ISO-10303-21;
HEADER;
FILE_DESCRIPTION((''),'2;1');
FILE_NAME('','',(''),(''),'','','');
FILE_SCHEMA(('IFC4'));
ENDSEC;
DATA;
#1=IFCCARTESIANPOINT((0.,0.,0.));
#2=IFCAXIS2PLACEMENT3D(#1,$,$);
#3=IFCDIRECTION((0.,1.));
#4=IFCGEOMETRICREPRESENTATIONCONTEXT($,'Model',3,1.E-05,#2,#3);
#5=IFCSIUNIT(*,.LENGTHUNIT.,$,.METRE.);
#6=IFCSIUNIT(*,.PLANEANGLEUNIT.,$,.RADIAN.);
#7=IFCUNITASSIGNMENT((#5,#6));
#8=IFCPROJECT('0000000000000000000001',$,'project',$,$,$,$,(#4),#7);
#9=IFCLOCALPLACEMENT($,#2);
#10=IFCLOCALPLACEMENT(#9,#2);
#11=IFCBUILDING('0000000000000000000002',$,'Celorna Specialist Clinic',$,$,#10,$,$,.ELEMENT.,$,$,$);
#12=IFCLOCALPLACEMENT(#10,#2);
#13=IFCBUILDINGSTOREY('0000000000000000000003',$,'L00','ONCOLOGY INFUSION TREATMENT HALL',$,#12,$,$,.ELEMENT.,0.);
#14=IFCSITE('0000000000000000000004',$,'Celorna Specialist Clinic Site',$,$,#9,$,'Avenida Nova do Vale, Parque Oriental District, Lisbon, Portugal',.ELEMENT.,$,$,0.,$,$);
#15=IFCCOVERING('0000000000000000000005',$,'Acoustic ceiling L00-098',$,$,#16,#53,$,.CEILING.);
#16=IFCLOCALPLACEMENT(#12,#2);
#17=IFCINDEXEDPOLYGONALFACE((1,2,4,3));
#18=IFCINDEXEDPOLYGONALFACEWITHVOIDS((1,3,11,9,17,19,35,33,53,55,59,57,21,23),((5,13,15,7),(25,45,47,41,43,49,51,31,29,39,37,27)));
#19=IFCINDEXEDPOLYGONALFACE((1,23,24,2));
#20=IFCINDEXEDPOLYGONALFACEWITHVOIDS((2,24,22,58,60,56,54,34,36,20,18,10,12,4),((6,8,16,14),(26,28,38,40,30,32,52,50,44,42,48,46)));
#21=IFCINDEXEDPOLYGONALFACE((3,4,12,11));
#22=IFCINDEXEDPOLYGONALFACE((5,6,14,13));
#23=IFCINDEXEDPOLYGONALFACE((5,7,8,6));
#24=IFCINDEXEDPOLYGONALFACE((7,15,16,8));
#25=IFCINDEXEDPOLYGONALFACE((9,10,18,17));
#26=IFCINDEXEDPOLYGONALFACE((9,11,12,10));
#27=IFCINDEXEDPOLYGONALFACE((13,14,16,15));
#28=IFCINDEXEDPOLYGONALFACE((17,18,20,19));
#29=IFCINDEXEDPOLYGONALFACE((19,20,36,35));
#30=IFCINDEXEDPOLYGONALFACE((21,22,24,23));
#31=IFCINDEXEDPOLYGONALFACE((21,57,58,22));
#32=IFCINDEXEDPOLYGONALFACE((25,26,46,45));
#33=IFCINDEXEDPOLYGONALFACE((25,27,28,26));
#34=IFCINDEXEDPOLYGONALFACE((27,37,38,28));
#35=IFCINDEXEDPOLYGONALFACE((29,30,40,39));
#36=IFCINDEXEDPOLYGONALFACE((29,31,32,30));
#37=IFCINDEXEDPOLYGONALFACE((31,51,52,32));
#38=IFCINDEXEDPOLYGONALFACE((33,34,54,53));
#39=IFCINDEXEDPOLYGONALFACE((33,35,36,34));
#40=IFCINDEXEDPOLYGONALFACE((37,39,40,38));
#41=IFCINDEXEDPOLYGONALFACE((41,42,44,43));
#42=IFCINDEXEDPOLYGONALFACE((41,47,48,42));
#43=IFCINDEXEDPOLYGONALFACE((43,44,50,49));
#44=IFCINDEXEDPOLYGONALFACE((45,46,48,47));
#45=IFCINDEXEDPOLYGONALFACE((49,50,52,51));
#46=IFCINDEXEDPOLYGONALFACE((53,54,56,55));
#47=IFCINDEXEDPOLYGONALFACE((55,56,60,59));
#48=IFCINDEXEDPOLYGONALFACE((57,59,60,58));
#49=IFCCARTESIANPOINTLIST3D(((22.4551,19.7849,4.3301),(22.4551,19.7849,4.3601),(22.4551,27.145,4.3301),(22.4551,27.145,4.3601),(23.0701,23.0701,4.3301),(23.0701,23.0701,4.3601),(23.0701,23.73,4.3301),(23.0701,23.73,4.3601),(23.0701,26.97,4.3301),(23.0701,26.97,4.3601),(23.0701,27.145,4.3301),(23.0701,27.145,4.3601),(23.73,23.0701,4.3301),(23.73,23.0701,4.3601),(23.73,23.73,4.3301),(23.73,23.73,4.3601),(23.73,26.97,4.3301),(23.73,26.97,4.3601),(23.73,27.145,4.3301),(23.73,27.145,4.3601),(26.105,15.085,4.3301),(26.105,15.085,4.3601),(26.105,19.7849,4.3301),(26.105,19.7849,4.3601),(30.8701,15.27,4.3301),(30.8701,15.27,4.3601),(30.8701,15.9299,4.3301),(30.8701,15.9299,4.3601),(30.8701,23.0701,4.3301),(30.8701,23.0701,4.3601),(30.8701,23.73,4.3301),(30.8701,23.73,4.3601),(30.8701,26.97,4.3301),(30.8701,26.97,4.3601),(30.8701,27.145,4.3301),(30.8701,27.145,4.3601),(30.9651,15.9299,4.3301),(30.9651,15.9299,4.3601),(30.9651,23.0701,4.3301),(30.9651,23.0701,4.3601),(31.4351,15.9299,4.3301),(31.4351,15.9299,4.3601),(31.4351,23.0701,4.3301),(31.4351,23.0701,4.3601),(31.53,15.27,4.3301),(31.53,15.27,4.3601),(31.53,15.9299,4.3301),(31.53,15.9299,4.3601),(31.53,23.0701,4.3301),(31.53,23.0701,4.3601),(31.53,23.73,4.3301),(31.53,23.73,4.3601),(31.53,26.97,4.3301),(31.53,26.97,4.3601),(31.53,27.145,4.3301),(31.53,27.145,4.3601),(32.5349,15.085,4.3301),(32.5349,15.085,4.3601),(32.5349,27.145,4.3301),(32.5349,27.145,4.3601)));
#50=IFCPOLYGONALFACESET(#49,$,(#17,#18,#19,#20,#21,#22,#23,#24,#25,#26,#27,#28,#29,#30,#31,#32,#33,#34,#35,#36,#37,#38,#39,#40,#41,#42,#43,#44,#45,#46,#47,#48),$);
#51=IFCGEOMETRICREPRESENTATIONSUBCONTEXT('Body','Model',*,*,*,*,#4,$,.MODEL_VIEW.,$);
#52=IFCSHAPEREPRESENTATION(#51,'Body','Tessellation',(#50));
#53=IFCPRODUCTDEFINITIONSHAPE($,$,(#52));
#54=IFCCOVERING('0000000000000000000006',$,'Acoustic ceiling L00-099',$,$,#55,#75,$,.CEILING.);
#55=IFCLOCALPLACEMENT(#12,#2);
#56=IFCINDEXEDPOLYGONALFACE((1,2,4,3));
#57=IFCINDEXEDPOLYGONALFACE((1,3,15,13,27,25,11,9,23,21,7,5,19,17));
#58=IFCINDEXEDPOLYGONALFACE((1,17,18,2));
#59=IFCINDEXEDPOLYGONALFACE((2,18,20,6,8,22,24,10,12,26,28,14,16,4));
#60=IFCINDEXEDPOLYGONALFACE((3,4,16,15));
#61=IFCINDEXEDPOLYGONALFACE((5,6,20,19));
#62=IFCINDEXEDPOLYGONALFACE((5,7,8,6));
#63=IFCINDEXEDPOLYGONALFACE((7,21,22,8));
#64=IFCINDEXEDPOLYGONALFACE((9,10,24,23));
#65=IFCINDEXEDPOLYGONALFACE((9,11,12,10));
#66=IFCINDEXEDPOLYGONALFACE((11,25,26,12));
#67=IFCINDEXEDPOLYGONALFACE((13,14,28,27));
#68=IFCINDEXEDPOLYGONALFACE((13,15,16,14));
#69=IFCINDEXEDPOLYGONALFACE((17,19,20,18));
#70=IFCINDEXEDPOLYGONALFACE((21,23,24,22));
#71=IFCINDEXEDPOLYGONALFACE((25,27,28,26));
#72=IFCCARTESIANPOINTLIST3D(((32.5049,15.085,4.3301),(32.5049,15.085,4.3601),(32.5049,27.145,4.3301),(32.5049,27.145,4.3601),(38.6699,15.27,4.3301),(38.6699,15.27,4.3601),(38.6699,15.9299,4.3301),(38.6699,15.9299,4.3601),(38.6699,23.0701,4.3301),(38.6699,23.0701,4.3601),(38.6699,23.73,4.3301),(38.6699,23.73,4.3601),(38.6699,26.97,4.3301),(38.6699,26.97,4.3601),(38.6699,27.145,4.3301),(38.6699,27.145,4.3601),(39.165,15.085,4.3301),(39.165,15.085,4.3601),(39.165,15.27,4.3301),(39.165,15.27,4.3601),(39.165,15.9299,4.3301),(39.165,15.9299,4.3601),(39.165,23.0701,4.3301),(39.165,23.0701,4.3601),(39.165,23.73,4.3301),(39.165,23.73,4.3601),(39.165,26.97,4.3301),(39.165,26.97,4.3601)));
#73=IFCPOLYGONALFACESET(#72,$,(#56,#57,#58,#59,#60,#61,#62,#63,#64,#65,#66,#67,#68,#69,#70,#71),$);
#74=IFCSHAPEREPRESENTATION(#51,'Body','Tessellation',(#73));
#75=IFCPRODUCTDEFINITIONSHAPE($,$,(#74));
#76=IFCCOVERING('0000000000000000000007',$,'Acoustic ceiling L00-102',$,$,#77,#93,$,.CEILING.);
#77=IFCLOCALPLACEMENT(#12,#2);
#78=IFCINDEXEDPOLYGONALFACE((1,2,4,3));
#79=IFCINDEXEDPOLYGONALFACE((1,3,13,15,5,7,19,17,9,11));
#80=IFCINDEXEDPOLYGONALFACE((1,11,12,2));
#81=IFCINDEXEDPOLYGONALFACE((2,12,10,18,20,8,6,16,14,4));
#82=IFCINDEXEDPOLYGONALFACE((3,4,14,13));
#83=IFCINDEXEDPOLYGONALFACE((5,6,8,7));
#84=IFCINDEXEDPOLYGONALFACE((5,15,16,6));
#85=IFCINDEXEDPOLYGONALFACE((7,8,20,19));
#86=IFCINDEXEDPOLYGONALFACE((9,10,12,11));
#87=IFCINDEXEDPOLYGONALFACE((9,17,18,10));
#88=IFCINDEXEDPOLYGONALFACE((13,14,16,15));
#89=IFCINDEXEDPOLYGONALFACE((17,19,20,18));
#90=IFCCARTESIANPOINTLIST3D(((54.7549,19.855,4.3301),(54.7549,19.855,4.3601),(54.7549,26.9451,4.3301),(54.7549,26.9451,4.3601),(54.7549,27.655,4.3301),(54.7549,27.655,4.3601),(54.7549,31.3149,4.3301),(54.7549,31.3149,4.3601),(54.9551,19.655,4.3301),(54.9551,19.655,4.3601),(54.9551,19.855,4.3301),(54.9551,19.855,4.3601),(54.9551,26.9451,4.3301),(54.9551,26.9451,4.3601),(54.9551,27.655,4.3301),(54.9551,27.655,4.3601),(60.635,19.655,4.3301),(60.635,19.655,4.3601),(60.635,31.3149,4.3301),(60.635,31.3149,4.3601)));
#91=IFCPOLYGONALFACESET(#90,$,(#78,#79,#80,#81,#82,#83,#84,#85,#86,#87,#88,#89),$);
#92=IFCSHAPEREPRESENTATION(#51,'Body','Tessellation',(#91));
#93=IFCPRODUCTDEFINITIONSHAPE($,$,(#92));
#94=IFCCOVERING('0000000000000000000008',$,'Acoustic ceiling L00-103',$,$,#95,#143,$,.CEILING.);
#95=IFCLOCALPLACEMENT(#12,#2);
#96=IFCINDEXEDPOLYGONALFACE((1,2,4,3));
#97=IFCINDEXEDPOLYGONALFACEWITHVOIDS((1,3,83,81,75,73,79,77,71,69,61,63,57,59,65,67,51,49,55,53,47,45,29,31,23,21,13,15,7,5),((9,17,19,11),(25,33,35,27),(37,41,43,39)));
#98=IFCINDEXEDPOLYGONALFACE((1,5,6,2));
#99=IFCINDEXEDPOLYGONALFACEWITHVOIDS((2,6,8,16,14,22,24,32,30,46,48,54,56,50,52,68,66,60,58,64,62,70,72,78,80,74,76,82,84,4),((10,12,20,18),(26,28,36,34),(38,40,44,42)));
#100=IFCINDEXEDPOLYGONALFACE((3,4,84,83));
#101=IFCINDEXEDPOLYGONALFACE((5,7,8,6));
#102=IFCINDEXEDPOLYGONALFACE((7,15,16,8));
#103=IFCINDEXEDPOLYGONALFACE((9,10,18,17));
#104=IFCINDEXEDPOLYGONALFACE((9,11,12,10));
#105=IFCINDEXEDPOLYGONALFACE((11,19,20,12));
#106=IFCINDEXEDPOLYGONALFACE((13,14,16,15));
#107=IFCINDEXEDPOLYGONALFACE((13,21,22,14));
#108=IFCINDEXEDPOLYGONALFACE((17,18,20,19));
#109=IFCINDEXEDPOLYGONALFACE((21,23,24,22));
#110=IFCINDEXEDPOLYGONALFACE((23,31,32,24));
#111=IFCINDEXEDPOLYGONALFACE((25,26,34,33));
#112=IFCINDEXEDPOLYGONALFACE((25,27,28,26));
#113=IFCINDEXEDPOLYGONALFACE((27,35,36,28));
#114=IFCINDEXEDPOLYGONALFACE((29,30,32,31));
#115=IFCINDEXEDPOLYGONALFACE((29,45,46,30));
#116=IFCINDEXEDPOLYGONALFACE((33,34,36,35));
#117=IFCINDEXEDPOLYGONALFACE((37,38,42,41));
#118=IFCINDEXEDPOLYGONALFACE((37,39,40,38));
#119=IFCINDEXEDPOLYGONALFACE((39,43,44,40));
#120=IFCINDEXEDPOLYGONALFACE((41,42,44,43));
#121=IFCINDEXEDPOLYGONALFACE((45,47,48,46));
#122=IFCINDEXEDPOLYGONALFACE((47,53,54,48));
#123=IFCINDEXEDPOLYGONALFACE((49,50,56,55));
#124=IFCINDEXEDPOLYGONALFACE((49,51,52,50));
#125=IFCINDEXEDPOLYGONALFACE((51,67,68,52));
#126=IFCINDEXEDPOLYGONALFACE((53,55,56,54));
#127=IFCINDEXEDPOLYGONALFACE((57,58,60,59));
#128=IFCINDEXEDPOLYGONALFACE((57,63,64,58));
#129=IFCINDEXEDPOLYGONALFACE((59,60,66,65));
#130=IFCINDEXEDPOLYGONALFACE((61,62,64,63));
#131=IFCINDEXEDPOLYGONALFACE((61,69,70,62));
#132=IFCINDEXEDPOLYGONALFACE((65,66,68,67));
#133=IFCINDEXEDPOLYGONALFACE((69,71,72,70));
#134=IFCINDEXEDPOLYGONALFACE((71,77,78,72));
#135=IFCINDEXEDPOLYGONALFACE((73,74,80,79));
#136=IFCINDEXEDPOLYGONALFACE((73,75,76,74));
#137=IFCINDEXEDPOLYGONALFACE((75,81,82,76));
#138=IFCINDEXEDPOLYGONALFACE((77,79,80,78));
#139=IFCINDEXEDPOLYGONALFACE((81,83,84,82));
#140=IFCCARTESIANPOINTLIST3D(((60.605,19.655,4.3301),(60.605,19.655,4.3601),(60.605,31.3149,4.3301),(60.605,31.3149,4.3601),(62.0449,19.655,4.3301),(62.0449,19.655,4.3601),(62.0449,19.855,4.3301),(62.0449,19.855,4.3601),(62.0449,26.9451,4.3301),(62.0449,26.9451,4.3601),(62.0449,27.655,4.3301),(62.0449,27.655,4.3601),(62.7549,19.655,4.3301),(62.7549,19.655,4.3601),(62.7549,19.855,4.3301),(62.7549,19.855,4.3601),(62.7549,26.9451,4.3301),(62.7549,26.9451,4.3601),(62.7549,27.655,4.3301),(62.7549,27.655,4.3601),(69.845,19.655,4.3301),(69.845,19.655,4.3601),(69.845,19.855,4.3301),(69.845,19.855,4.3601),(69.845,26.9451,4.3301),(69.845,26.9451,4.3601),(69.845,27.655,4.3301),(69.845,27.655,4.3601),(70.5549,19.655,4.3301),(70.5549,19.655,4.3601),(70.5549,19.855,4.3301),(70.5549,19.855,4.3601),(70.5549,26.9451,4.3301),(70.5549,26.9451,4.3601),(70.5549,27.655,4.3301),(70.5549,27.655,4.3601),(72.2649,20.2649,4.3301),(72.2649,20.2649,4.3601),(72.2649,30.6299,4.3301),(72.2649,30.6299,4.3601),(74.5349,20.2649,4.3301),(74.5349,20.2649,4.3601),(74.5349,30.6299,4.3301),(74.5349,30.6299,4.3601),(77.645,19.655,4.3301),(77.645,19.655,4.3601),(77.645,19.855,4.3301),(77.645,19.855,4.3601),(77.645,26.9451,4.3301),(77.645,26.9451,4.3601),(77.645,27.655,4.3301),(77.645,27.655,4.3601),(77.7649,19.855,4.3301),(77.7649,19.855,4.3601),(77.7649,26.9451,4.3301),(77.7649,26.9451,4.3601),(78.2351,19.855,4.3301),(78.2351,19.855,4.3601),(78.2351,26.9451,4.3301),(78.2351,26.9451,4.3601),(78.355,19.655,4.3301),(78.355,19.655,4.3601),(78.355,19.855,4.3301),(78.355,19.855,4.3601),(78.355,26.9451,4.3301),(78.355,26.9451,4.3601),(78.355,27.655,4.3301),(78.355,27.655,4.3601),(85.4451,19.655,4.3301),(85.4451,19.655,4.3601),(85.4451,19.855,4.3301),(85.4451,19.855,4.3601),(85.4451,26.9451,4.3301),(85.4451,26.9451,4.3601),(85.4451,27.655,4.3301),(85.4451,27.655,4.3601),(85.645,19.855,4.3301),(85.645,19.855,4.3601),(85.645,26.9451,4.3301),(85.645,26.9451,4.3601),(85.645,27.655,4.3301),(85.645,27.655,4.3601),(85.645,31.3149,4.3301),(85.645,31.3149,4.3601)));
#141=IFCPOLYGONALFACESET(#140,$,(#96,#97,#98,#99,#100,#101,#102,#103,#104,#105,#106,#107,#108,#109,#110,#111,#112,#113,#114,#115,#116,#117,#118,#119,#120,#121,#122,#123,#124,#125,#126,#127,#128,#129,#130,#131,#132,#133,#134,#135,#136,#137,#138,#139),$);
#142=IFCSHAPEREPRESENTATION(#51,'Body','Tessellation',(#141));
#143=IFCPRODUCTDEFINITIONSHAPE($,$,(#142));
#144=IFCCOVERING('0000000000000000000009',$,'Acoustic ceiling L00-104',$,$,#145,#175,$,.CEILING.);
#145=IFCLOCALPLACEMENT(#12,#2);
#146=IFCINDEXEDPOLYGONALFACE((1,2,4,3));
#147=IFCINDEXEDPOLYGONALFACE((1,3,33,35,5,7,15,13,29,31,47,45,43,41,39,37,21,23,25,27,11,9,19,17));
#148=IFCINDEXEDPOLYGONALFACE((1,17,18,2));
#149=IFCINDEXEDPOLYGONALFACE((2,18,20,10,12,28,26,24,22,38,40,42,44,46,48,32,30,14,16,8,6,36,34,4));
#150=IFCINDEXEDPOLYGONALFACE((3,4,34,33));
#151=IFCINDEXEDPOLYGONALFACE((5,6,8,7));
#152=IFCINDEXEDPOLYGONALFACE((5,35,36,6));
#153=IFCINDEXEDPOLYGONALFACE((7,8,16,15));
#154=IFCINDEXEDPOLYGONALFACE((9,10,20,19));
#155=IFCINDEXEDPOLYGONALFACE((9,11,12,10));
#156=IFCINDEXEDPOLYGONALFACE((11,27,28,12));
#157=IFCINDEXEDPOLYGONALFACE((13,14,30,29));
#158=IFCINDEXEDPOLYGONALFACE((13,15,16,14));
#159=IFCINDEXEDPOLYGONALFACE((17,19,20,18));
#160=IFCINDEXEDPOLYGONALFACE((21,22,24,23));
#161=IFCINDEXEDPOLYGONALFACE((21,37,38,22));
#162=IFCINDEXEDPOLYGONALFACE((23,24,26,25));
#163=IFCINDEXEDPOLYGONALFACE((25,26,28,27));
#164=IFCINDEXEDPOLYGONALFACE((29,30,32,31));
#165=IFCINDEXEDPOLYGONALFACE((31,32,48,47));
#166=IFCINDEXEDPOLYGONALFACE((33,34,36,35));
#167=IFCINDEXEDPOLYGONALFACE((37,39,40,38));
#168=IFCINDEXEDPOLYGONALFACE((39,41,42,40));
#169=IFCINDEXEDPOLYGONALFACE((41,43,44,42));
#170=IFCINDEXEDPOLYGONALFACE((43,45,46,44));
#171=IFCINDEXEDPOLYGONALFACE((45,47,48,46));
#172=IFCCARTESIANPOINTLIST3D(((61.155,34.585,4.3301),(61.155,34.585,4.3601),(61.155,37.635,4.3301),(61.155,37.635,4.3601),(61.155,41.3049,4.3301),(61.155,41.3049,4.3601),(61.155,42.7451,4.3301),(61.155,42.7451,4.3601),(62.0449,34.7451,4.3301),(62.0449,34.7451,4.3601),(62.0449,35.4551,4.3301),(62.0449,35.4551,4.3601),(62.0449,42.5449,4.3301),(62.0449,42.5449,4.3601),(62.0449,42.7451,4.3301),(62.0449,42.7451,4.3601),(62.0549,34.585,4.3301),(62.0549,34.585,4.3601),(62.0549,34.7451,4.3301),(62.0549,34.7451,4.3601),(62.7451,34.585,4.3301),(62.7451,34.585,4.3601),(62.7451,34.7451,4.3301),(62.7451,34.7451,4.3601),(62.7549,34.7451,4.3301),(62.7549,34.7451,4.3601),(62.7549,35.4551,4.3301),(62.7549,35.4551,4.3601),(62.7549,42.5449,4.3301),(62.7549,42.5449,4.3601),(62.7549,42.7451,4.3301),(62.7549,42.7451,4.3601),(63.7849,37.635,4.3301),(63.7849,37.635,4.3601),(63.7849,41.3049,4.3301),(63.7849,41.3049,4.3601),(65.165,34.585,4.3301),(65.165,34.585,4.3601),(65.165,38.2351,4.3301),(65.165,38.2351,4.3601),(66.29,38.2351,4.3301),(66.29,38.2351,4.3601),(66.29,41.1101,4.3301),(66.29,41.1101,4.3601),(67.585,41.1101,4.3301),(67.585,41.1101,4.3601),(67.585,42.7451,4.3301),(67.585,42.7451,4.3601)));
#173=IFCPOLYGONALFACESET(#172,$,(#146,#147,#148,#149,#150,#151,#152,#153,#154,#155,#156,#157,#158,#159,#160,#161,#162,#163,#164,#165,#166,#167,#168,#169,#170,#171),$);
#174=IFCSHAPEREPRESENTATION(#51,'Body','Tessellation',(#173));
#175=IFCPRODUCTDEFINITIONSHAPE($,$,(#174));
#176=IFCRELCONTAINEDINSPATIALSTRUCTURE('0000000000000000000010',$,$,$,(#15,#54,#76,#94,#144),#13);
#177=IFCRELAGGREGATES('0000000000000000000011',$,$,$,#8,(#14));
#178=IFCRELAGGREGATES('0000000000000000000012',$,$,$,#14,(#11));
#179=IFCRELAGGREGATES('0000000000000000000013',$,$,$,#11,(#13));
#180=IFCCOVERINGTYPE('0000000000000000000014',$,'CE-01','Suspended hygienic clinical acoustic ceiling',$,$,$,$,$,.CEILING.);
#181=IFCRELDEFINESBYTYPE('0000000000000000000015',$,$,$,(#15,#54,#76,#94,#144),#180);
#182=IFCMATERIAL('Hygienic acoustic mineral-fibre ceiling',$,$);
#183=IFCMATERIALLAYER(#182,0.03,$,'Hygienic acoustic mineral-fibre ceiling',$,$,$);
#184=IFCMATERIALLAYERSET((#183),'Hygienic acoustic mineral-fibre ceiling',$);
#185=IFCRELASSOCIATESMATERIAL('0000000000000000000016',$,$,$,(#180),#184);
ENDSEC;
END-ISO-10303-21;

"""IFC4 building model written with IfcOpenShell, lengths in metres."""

from ifc_helpers import new_model, si_unit, direction, frame, origin, place, context, subcontext, project, spatial, polyline, outline, extrude, material, layer, layer_set, type_object, element, save


model = new_model("IFC4")

# Units and contexts
model_context = context("Model", 3, precision=1e-05, world=origin(), true_north=direction((0.0, 1.0)))
body_context = subcontext(model_context, "Body", "Model", "MODEL_VIEW")
ifc_project = project(units=[si_unit("LENGTHUNIT", "METRE"), si_unit("PLANEANGLEUNIT", "RADIAN")], contexts=[model_context])

# Site, building, storey
site_placement = place(None, origin())
site = spatial("IfcSite", under=ifc_project, at=site_placement, Name="Celorna Specialist Clinic Site", LongName="Avenida Nova do Vale, Parque Oriental District, Lisbon, Portugal", CompositionType="ELEMENT", RefElevation=0.0)
building_placement = place(site_placement, origin())
building = spatial("IfcBuilding", under=site, at=building_placement, Name="Celorna Specialist Clinic", CompositionType="ELEMENT")
storey_placement = place(building_placement, origin())
storey = spatial("IfcBuildingStorey", under=building, at=storey_placement, Name="L00", Description="ONCOLOGY INFUSION TREATMENT HALL", CompositionType="ELEMENT", Elevation=0.0)

# Coverings
ifc_material_1 = material(Name="Hygienic acoustic mineral-fibre ceiling")
ifc_layer_1 = layer(ifc_material_1, 0.03, Name="Hygienic acoustic mineral-fibre ceiling")
ifc_layer_set_1 = layer_set([ifc_layer_1], Name="Hygienic acoustic mineral-fibre ceiling")
covering_type_1 = type_object("IfcCoveringType", Name="CE-01", Description="Suspended hygienic clinical acoustic ceiling", PredefinedType="CEILING", material=ifc_layer_set_1)
covering_1_placement = place(storey_placement, frame((0.0, 0.0, 4.3301)))
element("IfcCovering", 1, at=covering_1_placement, inside=storey, type_object=covering_type_1, Name="Acoustic ceiling L00-098", PredefinedType="CEILING", context=body_context, shape_type="SweptSolid", body=[
    extrude(outline(polyline([(26.105, 19.7849), (22.4551, 19.7849), (22.4551, 27.145), (23.0701, 27.145), (23.0701, 26.97), (23.73, 26.97), (23.73, 27.145), (30.8701, 27.145), (30.8701, 26.97), (31.53, 26.97), (31.53, 27.145), (32.5349, 27.145), (32.5349, 15.085), (26.105, 15.085), (26.105, 19.7849)]), holes=[polyline([(31.4351, 23.0701), (31.53, 23.0701), (31.53, 23.73), (30.8701, 23.73), (30.8701, 23.0701), (30.9651, 23.0701), (30.9651, 15.9299), (30.8701, 15.9299), (30.8701, 15.27), (31.53, 15.27), (31.53, 15.9299), (31.4351, 15.9299), (31.4351, 23.0701)]), polyline([(23.73, 23.0701), (23.73, 23.73), (23.0701, 23.73), (23.0701, 23.0701), (23.73, 23.0701)])]), origin(), (0.0, 0.0, 1.0), 0.03),
])
covering_2_placement = place(storey_placement, frame((0.0, 0.0, 4.3301)))
element("IfcCovering", 2, at=covering_2_placement, inside=storey, type_object=covering_type_1, Name="Acoustic ceiling L00-099", PredefinedType="CEILING", context=body_context, shape_type="SweptSolid", body=[
    extrude(outline(polyline([(38.6699, 27.145), (38.6699, 26.97), (39.165, 26.97), (39.165, 23.73), (38.6699, 23.73), (38.6699, 23.0701), (39.165, 23.0701), (39.165, 15.9299), (38.6699, 15.9299), (38.6699, 15.27), (39.165, 15.27), (39.165, 15.085), (32.5049, 15.085), (32.5049, 27.145), (38.6699, 27.145)])), origin(), (0.0, 0.0, 1.0), 0.03),
])
covering_3_placement = place(storey_placement, frame((0.0, 0.0, 4.3301)))
element("IfcCovering", 3, at=covering_3_placement, inside=storey, type_object=covering_type_1, Name="Acoustic ceiling L00-102", PredefinedType="CEILING", context=body_context, shape_type="SweptSolid", body=[
    extrude(outline(polyline([(54.7549, 31.3149), (60.635, 31.3149), (60.635, 19.655), (54.9551, 19.655), (54.9551, 19.855), (54.7549, 19.855), (54.7549, 26.9451), (54.9551, 26.9451), (54.9551, 27.655), (54.7549, 27.655), (54.7549, 31.3149)])), origin(), (0.0, 0.0, 1.0), 0.03),
])
covering_4_placement = place(storey_placement, frame((0.0, 0.0, 4.3301)))
element("IfcCovering", 4, at=covering_4_placement, inside=storey, type_object=covering_type_1, Name="Acoustic ceiling L00-103", PredefinedType="CEILING", context=body_context, shape_type="SweptSolid", body=[
    extrude(outline(polyline([(85.645, 31.3149), (85.645, 27.655), (85.4451, 27.655), (85.4451, 26.9451), (85.645, 26.9451), (85.645, 19.855), (85.4451, 19.855), (85.4451, 19.655), (78.355, 19.655), (78.355, 19.855), (78.2351, 19.855), (78.2351, 26.9451), (78.355, 26.9451), (78.355, 27.655), (77.645, 27.655), (77.645, 26.9451), (77.7649, 26.9451), (77.7649, 19.855), (77.645, 19.855), (77.645, 19.655), (70.5549, 19.655), (70.5549, 19.855), (69.845, 19.855), (69.845, 19.655), (62.7549, 19.655), (62.7549, 19.855), (62.0449, 19.855), (62.0449, 19.655), (60.605, 19.655), (60.605, 31.3149), (85.645, 31.3149)]), holes=[polyline([(74.5349, 30.6299), (72.2649, 30.6299), (72.2649, 20.2649), (74.5349, 20.2649), (74.5349, 30.6299)]), polyline([(70.5549, 26.9451), (70.5549, 27.655), (69.845, 27.655), (69.845, 26.9451), (70.5549, 26.9451)]), polyline([(62.7549, 26.9451), (62.7549, 27.655), (62.0449, 27.655), (62.0449, 26.9451), (62.7549, 26.9451)])]), origin(), (0.0, 0.0, 1.0), 0.03),
])
covering_5_placement = place(storey_placement, frame((0.0, 0.0, 4.3301)))
element("IfcCovering", 5, at=covering_5_placement, inside=storey, type_object=covering_type_1, Name="Acoustic ceiling L00-104", PredefinedType="CEILING", context=body_context, shape_type="SweptSolid", body=[
    extrude(outline(polyline([(61.155, 34.585), (61.155, 37.635), (63.7849, 37.635), (63.7849, 41.3049), (61.155, 41.3049), (61.155, 42.7451), (62.0449, 42.7451), (62.0449, 42.5449), (62.7549, 42.5449), (62.7549, 42.7451), (67.585, 42.7451), (67.585, 41.1101), (66.29, 41.1101), (66.29, 38.2351), (65.165, 38.2351), (65.165, 34.585), (62.7451, 34.585), (62.7451, 34.7451), (62.7549, 34.7451), (62.7549, 35.4551), (62.0449, 35.4551), (62.0449, 34.7451), (62.0549, 34.7451), (62.0549, 34.585), (61.155, 34.585)])), origin(), (0.0, 0.0, 1.0), 0.03),
])

save(model, "model.ifc")
